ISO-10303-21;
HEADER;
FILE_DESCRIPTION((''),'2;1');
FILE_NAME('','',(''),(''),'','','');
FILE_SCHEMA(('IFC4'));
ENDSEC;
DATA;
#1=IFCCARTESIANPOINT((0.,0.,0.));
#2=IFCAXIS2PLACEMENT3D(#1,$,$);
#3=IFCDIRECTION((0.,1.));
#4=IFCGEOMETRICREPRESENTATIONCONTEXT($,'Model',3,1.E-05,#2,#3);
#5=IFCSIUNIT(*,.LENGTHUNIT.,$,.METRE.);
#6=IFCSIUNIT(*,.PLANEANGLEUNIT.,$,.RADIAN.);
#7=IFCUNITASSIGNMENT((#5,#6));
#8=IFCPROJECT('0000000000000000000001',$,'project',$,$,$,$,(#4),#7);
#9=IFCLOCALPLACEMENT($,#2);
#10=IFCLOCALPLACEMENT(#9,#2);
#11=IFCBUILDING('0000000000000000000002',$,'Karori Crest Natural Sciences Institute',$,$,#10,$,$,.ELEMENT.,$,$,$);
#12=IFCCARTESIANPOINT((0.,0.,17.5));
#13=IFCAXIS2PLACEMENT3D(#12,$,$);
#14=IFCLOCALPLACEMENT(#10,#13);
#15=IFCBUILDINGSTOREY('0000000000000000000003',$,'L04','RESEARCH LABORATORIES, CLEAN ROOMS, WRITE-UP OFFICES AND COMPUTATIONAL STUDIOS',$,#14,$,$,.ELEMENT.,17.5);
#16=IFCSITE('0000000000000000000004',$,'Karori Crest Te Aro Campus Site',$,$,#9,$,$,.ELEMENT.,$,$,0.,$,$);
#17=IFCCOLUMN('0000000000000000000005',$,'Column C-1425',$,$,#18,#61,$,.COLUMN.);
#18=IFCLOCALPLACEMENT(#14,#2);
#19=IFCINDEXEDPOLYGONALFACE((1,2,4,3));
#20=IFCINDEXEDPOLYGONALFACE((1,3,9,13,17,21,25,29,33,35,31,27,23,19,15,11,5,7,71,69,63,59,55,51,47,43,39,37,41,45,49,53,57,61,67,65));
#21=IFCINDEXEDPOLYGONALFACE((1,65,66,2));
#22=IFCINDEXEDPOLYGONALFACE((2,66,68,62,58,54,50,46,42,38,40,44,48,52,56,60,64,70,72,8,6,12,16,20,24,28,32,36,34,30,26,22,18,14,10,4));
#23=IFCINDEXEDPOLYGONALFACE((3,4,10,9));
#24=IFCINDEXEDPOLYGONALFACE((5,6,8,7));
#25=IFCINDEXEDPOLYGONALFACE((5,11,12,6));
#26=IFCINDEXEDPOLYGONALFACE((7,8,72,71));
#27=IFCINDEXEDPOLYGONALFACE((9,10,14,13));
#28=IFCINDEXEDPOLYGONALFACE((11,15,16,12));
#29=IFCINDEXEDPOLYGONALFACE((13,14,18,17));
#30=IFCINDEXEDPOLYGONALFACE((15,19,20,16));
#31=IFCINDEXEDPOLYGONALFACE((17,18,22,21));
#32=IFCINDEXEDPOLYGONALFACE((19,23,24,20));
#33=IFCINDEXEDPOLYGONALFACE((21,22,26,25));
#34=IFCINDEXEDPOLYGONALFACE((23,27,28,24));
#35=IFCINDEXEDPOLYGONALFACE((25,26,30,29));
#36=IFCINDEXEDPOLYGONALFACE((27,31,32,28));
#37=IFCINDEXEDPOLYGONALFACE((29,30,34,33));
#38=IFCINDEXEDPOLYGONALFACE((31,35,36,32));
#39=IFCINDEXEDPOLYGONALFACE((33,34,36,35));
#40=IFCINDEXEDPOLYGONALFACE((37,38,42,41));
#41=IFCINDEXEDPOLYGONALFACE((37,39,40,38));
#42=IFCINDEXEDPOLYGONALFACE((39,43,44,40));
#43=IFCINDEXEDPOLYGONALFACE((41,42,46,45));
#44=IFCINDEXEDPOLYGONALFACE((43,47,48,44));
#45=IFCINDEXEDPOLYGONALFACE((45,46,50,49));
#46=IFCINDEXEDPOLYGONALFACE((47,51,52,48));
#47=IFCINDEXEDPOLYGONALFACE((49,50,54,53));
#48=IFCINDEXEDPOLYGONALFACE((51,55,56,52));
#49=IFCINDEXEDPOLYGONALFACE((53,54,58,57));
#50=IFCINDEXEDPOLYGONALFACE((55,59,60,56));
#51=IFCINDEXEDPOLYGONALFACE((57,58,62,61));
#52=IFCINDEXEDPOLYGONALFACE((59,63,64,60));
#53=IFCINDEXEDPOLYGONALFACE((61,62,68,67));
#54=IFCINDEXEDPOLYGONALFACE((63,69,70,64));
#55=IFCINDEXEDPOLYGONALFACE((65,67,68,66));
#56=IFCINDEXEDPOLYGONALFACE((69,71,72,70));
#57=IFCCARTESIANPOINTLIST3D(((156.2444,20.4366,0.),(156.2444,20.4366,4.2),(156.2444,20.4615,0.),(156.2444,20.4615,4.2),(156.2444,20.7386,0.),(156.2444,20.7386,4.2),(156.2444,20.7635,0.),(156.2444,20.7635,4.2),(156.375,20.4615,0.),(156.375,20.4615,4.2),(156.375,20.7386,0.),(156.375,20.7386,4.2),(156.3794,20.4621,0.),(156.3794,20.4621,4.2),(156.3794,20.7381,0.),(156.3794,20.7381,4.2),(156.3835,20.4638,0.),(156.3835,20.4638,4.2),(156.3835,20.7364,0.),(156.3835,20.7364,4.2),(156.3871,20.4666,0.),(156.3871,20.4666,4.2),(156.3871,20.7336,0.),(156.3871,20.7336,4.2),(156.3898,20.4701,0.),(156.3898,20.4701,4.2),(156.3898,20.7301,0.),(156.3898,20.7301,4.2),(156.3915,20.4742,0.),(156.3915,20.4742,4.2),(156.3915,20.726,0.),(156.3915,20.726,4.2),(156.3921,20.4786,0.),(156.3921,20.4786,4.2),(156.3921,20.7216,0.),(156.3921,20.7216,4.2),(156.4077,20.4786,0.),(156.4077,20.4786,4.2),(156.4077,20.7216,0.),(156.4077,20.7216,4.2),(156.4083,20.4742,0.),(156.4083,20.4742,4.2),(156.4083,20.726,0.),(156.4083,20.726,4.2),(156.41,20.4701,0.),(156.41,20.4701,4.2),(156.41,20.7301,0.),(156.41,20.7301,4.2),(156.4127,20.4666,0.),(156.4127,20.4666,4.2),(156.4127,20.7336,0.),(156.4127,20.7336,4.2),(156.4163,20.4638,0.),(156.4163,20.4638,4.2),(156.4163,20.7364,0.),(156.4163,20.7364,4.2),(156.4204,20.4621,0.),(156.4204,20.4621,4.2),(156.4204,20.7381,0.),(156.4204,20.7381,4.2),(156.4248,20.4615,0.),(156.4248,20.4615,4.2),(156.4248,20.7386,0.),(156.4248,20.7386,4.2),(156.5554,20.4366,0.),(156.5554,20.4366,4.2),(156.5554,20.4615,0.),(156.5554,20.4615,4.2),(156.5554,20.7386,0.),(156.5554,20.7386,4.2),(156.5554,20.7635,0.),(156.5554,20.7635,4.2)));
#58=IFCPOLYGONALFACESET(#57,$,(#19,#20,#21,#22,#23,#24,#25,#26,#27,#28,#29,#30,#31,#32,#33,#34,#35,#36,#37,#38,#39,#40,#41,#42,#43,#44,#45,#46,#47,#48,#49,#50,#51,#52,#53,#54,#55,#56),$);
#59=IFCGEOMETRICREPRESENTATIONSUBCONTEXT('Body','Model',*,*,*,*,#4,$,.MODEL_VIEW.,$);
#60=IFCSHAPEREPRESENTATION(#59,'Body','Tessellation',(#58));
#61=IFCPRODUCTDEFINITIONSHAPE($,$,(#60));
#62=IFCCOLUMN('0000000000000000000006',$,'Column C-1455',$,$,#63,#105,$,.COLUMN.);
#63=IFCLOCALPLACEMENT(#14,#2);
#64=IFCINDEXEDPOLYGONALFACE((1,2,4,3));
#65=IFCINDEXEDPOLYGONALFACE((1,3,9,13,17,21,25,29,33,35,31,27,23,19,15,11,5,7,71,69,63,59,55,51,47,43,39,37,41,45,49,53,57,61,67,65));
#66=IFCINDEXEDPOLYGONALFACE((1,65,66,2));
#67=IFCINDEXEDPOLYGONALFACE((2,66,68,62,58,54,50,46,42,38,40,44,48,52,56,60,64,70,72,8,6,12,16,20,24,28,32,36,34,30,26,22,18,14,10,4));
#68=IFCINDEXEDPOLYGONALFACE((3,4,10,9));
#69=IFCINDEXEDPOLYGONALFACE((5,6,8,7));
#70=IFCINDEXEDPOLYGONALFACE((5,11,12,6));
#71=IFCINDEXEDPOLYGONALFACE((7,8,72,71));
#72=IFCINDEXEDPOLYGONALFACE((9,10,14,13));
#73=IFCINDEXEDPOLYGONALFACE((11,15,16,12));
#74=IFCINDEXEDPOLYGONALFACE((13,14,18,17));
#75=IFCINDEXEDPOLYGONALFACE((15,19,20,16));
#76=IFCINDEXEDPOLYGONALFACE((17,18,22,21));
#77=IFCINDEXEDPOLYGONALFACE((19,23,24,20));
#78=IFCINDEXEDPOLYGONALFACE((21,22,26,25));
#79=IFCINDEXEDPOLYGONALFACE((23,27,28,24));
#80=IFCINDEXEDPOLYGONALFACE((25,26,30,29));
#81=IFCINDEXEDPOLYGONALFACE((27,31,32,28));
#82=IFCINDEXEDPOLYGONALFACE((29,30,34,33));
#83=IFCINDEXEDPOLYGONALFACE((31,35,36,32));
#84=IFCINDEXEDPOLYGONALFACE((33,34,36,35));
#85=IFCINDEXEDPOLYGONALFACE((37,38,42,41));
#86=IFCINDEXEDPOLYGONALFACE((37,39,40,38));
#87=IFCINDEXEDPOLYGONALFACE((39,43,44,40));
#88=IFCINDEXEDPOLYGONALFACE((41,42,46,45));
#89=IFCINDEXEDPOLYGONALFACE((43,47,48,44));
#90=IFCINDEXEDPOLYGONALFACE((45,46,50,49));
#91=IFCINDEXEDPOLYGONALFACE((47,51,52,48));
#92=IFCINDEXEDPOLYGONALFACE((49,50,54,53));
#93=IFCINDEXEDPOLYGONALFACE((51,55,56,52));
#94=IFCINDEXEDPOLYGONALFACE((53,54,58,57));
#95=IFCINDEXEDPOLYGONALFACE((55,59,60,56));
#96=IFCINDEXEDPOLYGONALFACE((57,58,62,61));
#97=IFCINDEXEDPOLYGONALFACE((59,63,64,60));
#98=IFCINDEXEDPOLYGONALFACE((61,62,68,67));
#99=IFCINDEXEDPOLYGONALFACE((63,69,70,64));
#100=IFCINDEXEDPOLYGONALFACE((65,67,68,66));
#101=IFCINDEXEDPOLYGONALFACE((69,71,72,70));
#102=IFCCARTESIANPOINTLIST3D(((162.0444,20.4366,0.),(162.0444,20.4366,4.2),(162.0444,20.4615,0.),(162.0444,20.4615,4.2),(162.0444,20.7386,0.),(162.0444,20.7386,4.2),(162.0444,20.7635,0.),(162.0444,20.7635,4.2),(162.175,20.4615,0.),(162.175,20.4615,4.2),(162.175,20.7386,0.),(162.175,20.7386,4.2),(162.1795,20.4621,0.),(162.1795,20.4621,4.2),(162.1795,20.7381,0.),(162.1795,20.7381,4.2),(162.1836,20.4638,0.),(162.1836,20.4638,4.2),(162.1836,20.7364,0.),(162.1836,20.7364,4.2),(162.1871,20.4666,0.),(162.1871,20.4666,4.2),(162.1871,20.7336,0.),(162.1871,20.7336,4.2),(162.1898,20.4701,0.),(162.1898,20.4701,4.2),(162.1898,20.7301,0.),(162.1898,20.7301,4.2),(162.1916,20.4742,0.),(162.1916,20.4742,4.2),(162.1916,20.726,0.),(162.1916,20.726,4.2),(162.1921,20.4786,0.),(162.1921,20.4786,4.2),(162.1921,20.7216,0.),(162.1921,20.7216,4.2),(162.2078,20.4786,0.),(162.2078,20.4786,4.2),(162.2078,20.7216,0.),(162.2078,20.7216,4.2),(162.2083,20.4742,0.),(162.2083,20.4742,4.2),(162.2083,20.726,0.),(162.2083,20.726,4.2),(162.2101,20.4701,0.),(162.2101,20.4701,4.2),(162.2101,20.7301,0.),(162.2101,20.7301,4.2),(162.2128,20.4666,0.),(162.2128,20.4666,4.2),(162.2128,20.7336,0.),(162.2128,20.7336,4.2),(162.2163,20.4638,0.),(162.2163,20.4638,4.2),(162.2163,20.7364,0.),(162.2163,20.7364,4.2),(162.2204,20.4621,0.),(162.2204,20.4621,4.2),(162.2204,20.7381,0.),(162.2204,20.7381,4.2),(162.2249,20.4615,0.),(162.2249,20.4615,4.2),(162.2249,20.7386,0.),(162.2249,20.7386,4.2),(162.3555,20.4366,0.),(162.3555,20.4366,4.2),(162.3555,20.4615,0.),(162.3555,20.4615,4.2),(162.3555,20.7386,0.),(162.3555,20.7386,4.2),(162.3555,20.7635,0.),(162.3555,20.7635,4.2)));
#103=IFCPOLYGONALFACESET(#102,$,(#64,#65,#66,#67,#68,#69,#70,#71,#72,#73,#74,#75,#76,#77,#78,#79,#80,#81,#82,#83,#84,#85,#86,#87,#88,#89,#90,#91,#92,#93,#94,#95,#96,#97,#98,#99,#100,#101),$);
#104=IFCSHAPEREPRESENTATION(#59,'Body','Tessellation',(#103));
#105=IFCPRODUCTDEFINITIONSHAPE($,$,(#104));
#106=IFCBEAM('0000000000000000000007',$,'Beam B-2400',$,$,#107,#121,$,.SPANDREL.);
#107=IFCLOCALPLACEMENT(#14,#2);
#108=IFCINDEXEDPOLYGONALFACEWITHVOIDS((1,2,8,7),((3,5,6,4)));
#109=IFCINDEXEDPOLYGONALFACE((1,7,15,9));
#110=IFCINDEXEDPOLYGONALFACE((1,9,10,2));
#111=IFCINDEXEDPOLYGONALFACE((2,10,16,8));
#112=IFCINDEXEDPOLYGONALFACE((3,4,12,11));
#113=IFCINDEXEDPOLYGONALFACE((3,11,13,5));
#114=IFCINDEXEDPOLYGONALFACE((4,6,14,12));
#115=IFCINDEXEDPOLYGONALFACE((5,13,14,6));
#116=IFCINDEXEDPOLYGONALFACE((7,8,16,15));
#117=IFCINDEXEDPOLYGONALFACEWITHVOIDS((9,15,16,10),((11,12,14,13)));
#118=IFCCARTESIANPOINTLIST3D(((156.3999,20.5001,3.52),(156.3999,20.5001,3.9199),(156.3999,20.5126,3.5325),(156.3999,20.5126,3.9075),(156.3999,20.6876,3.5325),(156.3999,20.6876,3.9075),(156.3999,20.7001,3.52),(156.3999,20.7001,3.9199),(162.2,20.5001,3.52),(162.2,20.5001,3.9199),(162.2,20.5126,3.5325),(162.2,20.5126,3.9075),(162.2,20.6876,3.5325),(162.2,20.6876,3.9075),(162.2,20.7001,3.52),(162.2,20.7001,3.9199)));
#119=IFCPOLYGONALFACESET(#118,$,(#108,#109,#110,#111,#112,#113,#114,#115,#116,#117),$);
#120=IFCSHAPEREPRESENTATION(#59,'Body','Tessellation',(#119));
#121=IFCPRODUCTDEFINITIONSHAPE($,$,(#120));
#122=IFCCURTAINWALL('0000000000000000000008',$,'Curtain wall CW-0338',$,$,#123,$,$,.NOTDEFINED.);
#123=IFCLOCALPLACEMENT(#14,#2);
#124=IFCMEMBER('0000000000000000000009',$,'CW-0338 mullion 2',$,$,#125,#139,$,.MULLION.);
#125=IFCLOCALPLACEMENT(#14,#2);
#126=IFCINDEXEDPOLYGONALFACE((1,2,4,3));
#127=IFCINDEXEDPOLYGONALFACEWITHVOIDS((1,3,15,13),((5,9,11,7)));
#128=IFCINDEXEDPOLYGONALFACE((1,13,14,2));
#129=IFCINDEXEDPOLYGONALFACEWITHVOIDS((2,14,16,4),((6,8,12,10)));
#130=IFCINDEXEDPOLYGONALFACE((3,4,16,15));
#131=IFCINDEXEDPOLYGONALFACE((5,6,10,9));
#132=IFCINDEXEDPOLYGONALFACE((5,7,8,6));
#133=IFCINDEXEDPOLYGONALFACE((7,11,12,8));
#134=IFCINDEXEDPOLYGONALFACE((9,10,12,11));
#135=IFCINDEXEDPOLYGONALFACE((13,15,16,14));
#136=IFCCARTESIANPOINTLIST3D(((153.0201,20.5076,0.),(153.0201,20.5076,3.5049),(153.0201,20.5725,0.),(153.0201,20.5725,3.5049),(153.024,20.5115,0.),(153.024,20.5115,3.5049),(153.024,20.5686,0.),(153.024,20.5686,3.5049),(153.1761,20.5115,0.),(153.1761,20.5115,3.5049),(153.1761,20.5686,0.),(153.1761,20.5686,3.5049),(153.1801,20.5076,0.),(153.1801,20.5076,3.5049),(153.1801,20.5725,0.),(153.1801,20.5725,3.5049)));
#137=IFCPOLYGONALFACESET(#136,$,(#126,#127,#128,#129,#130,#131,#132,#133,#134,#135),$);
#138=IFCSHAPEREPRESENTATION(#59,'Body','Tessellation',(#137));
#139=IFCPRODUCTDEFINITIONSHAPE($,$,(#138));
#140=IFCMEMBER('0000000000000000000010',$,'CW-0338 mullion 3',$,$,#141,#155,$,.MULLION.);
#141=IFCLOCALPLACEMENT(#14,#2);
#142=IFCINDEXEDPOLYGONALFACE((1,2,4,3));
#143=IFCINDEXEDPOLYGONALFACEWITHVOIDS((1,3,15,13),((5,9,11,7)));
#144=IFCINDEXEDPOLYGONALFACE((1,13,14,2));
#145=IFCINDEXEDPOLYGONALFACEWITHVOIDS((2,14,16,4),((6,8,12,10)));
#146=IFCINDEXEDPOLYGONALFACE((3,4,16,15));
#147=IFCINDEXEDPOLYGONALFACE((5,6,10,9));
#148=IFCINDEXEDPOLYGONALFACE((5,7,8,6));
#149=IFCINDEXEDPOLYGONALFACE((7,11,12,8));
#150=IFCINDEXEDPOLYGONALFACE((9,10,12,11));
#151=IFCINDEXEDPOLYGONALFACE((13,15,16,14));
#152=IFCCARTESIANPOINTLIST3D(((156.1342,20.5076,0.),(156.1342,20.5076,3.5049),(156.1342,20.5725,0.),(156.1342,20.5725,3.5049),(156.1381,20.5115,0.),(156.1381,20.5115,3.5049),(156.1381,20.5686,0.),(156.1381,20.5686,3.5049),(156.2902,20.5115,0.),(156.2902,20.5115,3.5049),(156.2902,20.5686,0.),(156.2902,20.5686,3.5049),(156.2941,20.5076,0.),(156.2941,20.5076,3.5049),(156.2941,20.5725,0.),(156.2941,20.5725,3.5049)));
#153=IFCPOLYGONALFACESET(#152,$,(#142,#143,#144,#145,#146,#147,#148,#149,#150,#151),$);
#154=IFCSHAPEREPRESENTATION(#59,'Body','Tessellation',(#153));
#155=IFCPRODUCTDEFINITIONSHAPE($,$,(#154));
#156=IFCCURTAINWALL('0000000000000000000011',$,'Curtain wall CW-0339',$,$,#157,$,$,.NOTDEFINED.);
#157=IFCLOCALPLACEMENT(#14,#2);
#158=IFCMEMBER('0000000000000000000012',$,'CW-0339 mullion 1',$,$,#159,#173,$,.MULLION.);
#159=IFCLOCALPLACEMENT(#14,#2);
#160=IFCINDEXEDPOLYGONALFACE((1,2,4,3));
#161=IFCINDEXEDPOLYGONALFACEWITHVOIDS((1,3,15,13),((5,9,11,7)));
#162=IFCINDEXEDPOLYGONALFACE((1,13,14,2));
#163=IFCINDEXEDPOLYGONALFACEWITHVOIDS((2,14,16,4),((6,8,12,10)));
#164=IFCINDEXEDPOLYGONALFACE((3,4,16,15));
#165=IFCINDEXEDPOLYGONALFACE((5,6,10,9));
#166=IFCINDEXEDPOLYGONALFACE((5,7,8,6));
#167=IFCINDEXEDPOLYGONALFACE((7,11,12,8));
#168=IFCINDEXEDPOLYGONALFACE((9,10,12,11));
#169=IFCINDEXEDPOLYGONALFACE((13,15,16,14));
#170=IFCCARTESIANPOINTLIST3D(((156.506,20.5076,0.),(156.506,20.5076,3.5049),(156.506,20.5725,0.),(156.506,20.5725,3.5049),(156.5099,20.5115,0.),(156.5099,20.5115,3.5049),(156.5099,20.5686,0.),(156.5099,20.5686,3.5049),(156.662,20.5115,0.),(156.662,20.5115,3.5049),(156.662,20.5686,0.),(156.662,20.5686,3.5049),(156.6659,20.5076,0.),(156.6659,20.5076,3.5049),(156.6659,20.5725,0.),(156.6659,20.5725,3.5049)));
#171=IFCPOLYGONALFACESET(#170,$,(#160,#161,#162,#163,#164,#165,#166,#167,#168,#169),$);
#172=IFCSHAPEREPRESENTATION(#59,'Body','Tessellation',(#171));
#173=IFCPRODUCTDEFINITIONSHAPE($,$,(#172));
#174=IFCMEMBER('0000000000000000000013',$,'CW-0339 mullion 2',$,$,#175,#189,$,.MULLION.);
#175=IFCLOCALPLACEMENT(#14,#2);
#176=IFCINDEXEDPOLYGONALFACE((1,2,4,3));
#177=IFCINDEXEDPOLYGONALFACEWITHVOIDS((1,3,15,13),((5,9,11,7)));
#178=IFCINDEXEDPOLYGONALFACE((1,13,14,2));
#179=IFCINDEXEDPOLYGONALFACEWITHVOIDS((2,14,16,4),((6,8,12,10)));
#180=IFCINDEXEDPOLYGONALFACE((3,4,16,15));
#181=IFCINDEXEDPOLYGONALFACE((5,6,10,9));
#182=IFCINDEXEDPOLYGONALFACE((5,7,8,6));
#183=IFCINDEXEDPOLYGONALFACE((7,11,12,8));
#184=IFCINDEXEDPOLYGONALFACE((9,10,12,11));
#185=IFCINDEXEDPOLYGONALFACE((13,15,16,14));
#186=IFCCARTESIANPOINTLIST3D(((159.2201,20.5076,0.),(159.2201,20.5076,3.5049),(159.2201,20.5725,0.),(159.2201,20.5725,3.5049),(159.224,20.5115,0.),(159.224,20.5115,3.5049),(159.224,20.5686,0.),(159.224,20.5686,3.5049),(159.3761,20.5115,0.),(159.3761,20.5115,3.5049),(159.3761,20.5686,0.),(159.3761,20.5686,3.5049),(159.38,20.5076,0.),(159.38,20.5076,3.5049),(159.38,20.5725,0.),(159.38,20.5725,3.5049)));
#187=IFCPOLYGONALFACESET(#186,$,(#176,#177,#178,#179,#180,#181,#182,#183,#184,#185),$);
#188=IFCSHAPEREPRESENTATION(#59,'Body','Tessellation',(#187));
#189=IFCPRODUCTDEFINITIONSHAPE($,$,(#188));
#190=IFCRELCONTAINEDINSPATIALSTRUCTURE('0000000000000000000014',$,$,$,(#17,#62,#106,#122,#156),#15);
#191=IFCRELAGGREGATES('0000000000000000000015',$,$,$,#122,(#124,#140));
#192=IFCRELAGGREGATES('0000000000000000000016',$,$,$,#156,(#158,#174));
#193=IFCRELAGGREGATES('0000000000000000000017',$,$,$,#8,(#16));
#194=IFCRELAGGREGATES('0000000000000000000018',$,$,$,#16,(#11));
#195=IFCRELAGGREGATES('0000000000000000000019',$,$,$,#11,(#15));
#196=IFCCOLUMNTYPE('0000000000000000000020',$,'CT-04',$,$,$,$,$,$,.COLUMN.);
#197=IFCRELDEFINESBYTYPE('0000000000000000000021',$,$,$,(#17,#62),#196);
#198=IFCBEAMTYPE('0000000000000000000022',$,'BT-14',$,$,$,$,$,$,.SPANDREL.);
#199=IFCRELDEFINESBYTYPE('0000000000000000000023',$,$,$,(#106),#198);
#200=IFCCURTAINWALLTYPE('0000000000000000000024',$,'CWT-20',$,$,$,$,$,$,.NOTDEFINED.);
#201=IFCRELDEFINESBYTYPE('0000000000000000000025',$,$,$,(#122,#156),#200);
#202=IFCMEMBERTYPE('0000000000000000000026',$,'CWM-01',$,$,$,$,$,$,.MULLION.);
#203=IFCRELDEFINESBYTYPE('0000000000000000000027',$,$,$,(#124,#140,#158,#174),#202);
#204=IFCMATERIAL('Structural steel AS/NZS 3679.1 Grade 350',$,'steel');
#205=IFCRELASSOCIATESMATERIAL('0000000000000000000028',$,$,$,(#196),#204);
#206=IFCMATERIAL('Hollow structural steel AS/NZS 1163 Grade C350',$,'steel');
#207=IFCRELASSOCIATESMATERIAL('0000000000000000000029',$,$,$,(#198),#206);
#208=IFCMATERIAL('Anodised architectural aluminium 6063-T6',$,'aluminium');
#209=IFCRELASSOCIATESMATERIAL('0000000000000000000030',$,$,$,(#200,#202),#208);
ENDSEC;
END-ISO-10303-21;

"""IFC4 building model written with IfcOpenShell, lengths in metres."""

from ifc_helpers import new_model, si_unit, direction, frame, origin, origin_2d, place, context, subcontext, project, spatial, hollow_rectangle, i_section, extrude, material, material_profile, profile_set, type_object, element, aggregate, save


model = new_model("IFC4")

# Units and contexts
model_context = context("Model", 3, precision=1e-05, world=origin(), true_north=direction((0.0, 1.0)))
body_context = subcontext(model_context, "Body", "Model", "MODEL_VIEW")
ifc_project = project(units=[si_unit("LENGTHUNIT", "METRE"), si_unit("PLANEANGLEUNIT", "RADIAN")], contexts=[model_context])

# Site, building, storey
site_placement = place(None, origin())
site = spatial("IfcSite", under=ifc_project, at=site_placement, Name="Karori Crest Te Aro Campus Site", CompositionType="ELEMENT", RefElevation=0.0)
building_placement = place(site_placement, origin())
building = spatial("IfcBuilding", under=site, at=building_placement, Name="Karori Crest Natural Sciences Institute", CompositionType="ELEMENT")
storey_placement = place(building_placement, frame((0.0, 0.0, 17.5)))
storey = spatial("IfcBuildingStorey", under=building, at=storey_placement, Name="L04", Description="RESEARCH LABORATORIES, CLEAN ROOMS, WRITE-UP OFFICES AND COMPUTATIONAL STUDIOS", CompositionType="ELEMENT", Elevation=17.5)

# Columns
ifc_material_1 = material(Name="Structural steel AS/NZS 3679.1 Grade 350", Category="steel")
ifc_material_profile_1 = material_profile(ifc_material_1, i_section(OverallWidth=0.311, OverallDepth=0.3269, WebThickness=0.0156, FlangeThickness=0.0249, FilletRadius=0.0171, at=origin_2d()), Name="310UC158")
ifc_profile_set_1 = profile_set([ifc_material_profile_1], Name="Structural steel AS/NZS 3679.1 Grade 350")
column_type = type_object("IfcColumnType", Name="CT-04", PredefinedType="COLUMN", material=ifc_profile_set_1)
for number, where, z_axis, x_axis, name in (
    (1, (156.3999, 20.6001, 0.0), (0.0, 0.0, 1.0), (1.0, 0.0, 0.0), "Column C-1425"),
    (2, (162.2, 20.6001, 0.0), (0.0, 0.0, 1.0), (1.0, 0.0, 0.0), "Column C-1455"),
):
    element("IfcColumn", number, at=place(storey_placement, frame(where, z_axis=z_axis, x_axis=x_axis)), inside=storey, type_object=column_type, Name=name, PredefinedType="COLUMN", context=body_context, shape_type="SweptSolid", body=[
        extrude(i_section(OverallWidth=0.311, OverallDepth=0.3269, WebThickness=0.0156, FlangeThickness=0.0249, FilletRadius=0.0171, at=origin_2d()), origin(), (0.0, 0.0, 1.0), 4.2),
    ])

# Beam
ifc_material_2 = material(Name="Hollow structural steel AS/NZS 1163 Grade C350", Category="steel")
ifc_material_profile_2 = material_profile(ifc_material_2, hollow_rectangle(XDim=0.2, YDim=0.3999, WallThickness=0.0125, at=origin_2d()), Name="RHS400x200x12.5")
ifc_profile_set_2 = profile_set([ifc_material_profile_2], Name="Hollow structural steel AS/NZS 1163 Grade C350")
beam_type = type_object("IfcBeamType", Name="BT-14", PredefinedType="SPANDREL", material=ifc_profile_set_2)
beam_placement = place(storey_placement, frame((156.3999, 20.6001, 3.72), z_axis=(1.0, 0.0, 0.0), x_axis=(0.0, 1.0, 0.0)))
element("IfcBeam", 3, at=beam_placement, inside=storey, type_object=beam_type, Name="Beam B-2400", PredefinedType="SPANDREL", context=body_context, shape_type="SweptSolid", body=[
    extrude(hollow_rectangle(XDim=0.2, YDim=0.3999, WallThickness=0.0125, at=origin_2d()), origin(), (0.0, 0.0, 1.0), 5.8),
])

# Curtain walls, members
ifc_material_3 = material(Name="Anodised architectural aluminium 6063-T6", Category="aluminium")
curtain_wall_type = type_object("IfcCurtainWallType", Name="CWT-20", PredefinedType="NOTDEFINED", material=ifc_material_3)
curtain_wall_1_placement = place(storey_placement, origin())
curtain_wall_1 = element("IfcCurtainWall", 4, at=curtain_wall_1_placement, inside=storey, type_object=curtain_wall_type, Name="Curtain wall CW-0338", PredefinedType="NOTDEFINED")
ifc_material_profile_3 = material_profile(ifc_material_3, hollow_rectangle(XDim=0.0649, YDim=0.1599, WallThickness=0.0039, at=origin_2d()), Name="CWM160x65x4")
ifc_profile_set_3 = profile_set([ifc_material_profile_3], Name="Anodised architectural aluminium 6063-T6")
member_type_1 = type_object("IfcMemberType", Name="CWM-01", PredefinedType="MULLION", material=ifc_profile_set_3)
member_1_placement = place(storey_placement, frame((153.1001, 20.54, 0.0), z_axis=(0.0, 0.0, 1.0), x_axis=(0.0, 1.0, 0.0)))
member_1 = element("IfcMember", 5, at=member_1_placement, type_object=member_type_1, Name="CW-0338 mullion 2", PredefinedType="MULLION", context=body_context, shape_type="SweptSolid", body=[
    extrude(hollow_rectangle(XDim=0.0649, YDim=0.1599, WallThickness=0.0039, at=origin_2d()), origin(), (0.0, 0.0, 1.0), 3.5049),
])
member_2_placement = place(storey_placement, frame((156.2141, 20.54, 0.0), z_axis=(0.0, 0.0, 1.0), x_axis=(0.0, 1.0, 0.0)))
member_2 = element("IfcMember", 6, at=member_2_placement, type_object=member_type_1, Name="CW-0338 mullion 3", PredefinedType="MULLION", context=body_context, shape_type="SweptSolid", body=[
    extrude(hollow_rectangle(XDim=0.0649, YDim=0.1599, WallThickness=0.0039, at=origin_2d()), origin(), (0.0, 0.0, 1.0), 3.5049),
])
curtain_wall_2_placement = place(storey_placement, origin())
curtain_wall_2 = element("IfcCurtainWall", 7, at=curtain_wall_2_placement, inside=storey, type_object=curtain_wall_type, Name="Curtain wall CW-0339", PredefinedType="NOTDEFINED")
member_3_placement = place(storey_placement, frame((156.5859, 20.54, 0.0), z_axis=(0.0, 0.0, 1.0), x_axis=(0.0, 1.0, 0.0)))
member_3 = element("IfcMember", 8, at=member_3_placement, type_object=member_type_1, Name="CW-0339 mullion 1", PredefinedType="MULLION", context=body_context, shape_type="SweptSolid", body=[
    extrude(hollow_rectangle(XDim=0.0649, YDim=0.1599, WallThickness=0.0039, at=origin_2d()), origin(), (0.0, 0.0, 1.0), 3.5049),
])
member_4_placement = place(storey_placement, frame((159.3, 20.54, 0.0), z_axis=(0.0, 0.0, 1.0), x_axis=(0.0, 1.0, 0.0)))
member_4 = element("IfcMember", 9, at=member_4_placement, type_object=member_type_1, Name="CW-0339 mullion 2", PredefinedType="MULLION", context=body_context, shape_type="SweptSolid", body=[
    extrude(hollow_rectangle(XDim=0.0649, YDim=0.1599, WallThickness=0.0039, at=origin_2d()), origin(), (0.0, 0.0, 1.0), 3.5049),
])

aggregate(curtain_wall_1, [member_1, member_2])
aggregate(curtain_wall_2, [member_3, member_4])

save(model, "model.ifc")
